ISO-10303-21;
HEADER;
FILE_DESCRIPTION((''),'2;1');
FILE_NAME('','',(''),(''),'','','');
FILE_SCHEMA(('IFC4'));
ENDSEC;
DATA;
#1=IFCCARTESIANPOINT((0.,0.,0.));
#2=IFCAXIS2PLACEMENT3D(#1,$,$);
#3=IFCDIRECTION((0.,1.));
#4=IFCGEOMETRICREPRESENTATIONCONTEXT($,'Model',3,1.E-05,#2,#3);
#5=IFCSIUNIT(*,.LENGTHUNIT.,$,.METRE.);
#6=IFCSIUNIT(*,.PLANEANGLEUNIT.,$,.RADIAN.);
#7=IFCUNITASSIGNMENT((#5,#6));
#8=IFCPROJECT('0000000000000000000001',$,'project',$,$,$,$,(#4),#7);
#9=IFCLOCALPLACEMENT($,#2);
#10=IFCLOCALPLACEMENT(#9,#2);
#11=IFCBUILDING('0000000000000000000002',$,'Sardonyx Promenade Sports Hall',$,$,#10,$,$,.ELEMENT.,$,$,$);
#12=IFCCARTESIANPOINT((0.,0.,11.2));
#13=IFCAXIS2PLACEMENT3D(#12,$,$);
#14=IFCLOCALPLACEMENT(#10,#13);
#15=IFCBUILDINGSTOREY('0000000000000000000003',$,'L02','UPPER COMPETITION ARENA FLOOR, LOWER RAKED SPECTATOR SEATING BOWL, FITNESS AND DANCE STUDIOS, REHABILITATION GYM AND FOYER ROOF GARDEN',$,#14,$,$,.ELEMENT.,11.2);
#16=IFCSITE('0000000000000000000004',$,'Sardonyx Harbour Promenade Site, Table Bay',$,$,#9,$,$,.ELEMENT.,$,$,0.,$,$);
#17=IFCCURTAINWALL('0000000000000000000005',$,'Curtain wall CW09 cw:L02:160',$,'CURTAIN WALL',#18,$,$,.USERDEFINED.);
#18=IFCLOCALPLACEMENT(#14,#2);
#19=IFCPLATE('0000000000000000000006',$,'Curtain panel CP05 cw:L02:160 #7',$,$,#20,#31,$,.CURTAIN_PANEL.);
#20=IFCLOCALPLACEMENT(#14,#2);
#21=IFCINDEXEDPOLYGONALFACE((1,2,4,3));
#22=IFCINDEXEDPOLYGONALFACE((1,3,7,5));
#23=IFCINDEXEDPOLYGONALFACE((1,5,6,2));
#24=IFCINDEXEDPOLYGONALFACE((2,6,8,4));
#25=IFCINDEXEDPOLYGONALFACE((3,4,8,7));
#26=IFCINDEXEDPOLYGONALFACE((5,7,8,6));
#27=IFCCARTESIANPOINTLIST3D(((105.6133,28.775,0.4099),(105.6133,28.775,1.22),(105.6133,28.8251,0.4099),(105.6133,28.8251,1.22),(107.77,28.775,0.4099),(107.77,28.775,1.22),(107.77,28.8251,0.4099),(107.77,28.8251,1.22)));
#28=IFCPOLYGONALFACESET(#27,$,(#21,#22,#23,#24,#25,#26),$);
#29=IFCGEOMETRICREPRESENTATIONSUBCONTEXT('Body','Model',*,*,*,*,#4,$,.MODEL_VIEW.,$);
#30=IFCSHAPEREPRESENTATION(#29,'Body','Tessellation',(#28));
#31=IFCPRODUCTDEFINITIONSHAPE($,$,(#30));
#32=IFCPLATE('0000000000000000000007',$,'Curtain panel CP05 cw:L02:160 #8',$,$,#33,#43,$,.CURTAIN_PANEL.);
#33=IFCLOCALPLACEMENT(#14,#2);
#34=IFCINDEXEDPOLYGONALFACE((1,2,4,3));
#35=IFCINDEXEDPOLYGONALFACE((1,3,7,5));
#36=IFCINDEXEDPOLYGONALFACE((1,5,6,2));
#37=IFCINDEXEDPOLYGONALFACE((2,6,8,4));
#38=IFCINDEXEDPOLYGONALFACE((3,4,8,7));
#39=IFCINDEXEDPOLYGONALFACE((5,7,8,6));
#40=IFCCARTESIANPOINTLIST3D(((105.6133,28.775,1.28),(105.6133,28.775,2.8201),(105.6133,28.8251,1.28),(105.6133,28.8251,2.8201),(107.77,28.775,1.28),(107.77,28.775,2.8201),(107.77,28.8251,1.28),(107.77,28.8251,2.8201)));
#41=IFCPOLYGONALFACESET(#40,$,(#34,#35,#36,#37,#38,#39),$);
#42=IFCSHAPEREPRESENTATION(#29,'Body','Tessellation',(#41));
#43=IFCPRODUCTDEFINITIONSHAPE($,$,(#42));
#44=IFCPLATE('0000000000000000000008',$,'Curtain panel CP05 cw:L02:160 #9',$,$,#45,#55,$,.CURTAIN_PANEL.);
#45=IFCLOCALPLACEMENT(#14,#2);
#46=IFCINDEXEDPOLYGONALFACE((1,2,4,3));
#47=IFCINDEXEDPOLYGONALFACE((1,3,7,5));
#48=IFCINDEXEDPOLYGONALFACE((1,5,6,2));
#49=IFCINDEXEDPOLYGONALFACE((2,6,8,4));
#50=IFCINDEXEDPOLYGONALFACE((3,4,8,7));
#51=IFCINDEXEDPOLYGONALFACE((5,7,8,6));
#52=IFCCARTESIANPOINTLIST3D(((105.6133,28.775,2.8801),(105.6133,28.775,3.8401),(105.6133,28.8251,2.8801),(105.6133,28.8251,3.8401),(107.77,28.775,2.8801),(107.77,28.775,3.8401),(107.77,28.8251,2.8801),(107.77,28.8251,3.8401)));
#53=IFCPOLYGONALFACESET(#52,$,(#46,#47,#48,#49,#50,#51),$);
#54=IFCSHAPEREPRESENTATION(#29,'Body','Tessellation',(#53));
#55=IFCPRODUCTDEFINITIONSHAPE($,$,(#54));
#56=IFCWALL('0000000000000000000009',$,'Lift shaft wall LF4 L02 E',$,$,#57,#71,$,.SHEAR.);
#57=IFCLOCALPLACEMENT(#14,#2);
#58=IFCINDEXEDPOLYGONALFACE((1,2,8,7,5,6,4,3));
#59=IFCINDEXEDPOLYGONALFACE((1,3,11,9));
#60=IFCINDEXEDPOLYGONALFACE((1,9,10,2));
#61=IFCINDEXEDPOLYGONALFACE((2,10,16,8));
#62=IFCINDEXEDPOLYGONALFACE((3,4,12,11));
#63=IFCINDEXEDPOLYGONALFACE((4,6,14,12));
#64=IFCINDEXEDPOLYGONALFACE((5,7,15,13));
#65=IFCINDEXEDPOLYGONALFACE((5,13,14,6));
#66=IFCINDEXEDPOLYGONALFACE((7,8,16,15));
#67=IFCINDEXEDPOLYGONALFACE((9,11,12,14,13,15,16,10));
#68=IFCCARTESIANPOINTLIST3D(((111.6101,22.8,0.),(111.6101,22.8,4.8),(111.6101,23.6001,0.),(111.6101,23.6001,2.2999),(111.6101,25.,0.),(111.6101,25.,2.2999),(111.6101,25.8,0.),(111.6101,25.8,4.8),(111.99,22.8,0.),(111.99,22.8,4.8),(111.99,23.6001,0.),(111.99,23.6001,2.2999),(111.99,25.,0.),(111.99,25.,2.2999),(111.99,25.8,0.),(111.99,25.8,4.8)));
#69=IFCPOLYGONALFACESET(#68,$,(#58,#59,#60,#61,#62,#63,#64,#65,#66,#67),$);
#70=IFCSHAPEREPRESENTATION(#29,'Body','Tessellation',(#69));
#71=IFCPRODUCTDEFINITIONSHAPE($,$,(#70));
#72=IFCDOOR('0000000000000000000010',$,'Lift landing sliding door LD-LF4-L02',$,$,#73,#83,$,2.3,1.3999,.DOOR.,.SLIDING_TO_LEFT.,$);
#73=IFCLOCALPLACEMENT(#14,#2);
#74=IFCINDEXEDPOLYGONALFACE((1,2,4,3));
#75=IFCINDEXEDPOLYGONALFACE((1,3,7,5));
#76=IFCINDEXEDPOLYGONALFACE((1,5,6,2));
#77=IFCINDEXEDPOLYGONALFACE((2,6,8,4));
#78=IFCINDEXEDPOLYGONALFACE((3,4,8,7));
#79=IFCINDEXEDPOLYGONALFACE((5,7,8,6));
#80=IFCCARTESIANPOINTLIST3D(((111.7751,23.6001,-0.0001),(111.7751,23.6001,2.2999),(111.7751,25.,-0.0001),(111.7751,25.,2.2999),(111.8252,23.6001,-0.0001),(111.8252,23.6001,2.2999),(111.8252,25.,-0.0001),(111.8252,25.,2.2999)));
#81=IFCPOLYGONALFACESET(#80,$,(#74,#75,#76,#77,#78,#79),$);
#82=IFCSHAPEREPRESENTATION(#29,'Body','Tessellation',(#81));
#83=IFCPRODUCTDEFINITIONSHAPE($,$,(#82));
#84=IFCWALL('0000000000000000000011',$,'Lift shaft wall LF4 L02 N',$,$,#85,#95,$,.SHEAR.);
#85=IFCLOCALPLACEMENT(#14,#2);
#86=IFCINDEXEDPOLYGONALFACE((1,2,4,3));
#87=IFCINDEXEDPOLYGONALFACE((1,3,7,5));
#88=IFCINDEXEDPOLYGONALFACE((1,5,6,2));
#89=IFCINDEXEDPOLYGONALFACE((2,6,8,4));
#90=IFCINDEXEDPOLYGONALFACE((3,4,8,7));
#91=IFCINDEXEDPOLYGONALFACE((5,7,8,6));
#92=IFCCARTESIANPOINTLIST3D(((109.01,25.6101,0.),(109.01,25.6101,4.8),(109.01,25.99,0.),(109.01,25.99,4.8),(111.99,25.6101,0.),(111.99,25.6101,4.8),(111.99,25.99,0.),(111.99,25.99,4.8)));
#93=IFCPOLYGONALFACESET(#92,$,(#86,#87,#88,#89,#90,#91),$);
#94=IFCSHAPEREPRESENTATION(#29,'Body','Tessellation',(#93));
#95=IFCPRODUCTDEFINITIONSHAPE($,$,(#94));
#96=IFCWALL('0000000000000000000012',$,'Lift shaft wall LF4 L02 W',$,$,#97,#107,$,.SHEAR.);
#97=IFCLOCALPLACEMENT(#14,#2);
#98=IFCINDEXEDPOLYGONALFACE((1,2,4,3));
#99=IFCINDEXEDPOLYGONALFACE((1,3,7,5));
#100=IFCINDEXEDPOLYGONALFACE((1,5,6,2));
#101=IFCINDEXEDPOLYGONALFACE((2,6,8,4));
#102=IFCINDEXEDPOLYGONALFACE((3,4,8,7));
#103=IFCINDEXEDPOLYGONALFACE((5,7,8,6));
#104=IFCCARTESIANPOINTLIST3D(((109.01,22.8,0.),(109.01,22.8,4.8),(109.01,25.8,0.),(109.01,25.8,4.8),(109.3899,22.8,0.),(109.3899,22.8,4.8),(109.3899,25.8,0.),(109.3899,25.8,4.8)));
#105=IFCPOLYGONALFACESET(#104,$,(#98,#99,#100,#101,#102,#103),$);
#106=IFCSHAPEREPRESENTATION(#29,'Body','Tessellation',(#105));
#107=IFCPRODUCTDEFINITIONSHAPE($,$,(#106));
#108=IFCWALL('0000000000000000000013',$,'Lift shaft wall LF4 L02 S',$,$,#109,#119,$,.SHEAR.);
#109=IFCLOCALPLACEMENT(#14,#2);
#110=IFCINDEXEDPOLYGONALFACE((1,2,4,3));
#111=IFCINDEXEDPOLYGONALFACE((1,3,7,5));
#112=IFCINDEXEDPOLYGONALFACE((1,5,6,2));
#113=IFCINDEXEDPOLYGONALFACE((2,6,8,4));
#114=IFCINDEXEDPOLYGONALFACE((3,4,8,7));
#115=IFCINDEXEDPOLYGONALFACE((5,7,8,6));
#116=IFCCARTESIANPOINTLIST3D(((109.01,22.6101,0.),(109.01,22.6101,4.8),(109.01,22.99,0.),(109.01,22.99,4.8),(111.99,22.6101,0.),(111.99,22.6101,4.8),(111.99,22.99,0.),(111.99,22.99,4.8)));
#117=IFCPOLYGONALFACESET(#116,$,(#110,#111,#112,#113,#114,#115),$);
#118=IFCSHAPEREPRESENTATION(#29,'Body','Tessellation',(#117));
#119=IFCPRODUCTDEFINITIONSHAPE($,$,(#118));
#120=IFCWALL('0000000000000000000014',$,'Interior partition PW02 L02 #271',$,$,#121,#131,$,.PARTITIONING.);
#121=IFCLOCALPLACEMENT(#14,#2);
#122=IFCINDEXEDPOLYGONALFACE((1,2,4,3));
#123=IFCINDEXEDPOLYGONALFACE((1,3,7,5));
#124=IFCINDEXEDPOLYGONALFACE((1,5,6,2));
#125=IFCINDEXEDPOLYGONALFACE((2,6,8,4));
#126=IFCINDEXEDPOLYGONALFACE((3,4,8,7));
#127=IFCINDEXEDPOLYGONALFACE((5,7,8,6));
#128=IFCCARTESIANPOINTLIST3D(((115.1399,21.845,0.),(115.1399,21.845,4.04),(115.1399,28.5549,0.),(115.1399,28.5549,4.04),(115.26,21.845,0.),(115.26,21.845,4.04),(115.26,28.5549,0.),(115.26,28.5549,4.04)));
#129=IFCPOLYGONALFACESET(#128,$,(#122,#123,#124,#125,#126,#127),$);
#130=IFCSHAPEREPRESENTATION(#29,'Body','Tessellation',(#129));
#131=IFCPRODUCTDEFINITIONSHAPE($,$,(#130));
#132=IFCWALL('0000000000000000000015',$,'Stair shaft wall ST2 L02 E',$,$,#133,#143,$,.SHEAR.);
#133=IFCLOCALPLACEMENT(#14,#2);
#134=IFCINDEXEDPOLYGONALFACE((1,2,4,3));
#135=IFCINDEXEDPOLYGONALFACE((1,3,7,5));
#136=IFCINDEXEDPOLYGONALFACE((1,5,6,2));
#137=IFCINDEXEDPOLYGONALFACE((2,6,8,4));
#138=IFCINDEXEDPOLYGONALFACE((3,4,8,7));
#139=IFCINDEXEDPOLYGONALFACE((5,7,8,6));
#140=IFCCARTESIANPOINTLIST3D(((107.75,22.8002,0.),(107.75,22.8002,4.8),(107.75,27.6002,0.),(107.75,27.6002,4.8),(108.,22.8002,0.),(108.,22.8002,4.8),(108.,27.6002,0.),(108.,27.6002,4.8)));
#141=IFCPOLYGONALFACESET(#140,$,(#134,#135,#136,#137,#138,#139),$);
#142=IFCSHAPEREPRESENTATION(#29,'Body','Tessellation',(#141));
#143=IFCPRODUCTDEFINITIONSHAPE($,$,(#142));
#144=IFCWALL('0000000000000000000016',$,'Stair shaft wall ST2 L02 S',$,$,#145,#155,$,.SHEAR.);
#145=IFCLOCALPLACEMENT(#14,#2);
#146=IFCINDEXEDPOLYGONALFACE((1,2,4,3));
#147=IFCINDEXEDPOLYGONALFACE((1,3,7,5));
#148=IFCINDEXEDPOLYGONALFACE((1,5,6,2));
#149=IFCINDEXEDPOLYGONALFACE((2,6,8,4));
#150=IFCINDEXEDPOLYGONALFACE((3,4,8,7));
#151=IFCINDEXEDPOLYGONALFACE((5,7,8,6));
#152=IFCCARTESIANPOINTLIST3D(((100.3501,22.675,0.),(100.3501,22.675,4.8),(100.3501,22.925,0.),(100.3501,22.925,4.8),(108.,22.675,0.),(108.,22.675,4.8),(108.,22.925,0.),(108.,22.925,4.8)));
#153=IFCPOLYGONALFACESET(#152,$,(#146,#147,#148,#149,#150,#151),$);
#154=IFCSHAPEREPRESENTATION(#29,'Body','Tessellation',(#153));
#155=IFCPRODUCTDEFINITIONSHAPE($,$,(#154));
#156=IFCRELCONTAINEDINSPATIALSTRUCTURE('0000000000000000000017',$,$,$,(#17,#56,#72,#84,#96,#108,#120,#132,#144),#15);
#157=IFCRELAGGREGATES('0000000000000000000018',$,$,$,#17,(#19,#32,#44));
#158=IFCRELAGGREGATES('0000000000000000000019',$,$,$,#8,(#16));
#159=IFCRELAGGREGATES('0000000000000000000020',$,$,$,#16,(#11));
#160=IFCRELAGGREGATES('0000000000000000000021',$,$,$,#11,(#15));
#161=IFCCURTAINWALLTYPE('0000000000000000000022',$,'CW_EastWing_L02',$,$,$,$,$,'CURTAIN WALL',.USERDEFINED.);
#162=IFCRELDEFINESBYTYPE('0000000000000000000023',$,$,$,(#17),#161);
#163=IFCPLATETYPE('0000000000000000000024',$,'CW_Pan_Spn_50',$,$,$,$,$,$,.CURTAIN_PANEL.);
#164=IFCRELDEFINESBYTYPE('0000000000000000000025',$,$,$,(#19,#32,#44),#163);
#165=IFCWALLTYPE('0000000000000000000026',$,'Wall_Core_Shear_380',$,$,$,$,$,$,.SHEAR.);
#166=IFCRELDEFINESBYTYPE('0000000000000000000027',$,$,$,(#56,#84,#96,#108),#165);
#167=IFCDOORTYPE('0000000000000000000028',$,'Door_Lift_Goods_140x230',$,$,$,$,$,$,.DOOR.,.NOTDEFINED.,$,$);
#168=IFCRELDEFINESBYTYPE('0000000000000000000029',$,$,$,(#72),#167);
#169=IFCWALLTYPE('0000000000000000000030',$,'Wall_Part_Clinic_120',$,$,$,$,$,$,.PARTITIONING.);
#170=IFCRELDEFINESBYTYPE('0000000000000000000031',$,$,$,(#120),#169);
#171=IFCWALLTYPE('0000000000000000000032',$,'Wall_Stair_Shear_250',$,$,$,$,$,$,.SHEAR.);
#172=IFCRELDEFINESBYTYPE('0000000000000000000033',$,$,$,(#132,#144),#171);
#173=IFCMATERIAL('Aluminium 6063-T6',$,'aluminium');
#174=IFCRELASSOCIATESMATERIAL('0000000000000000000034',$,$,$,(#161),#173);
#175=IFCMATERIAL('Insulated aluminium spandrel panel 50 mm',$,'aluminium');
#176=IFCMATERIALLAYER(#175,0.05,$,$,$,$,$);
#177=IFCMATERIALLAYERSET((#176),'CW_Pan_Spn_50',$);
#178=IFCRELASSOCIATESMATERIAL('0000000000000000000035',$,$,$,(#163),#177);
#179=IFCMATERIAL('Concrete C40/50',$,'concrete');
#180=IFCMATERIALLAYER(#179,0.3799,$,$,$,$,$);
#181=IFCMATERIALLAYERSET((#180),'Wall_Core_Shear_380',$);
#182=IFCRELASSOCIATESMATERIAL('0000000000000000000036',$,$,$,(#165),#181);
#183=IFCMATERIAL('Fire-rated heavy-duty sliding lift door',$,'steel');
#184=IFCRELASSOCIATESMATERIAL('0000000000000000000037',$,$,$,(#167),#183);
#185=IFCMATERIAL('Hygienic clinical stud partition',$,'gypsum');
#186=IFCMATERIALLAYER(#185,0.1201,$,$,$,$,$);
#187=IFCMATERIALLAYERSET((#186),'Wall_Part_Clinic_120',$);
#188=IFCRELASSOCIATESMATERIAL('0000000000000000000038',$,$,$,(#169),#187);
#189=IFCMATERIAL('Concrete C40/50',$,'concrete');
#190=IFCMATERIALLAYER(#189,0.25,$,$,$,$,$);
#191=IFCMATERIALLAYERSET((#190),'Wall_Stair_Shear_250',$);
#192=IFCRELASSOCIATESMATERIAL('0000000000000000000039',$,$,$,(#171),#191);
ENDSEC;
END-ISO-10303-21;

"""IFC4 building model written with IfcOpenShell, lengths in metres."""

from ifc_helpers import new_model, si_unit, direction, frame, frame_2d, origin, origin_2d, place, context, subcontext, project, spatial, rectangle, extrude, material, layer, layer_set, type_object, element, fill, aggregate, save


model = new_model("IFC4")

# Units and contexts
model_context = context("Model", 3, precision=1e-05, world=origin(), true_north=direction((0.0, 1.0)))
body_context = subcontext(model_context, "Body", "Model", "MODEL_VIEW")
ifc_project = project(units=[si_unit("LENGTHUNIT", "METRE"), si_unit("PLANEANGLEUNIT", "RADIAN")], contexts=[model_context])

# Site, building, storey
site_placement = place(None, origin())
site = spatial("IfcSite", under=ifc_project, at=site_placement, Name="Sardonyx Harbour Promenade Site, Table Bay", CompositionType="ELEMENT", RefElevation=0.0)
building_placement = place(site_placement, origin())
building = spatial("IfcBuilding", under=site, at=building_placement, Name="Sardonyx Promenade Sports Hall", CompositionType="ELEMENT")
storey_placement = place(building_placement, frame((0.0, 0.0, 11.2)))
storey = spatial("IfcBuildingStorey", under=building, at=storey_placement, Name="L02", Description="UPPER COMPETITION ARENA FLOOR, LOWER RAKED SPECTATOR SEATING BOWL, FITNESS AND DANCE STUDIOS, REHABILITATION GYM AND FOYER ROOF GARDEN", CompositionType="ELEMENT", Elevation=11.2)

# Curtain wall, plates
ifc_material_1 = material(Name="Aluminium 6063-T6", Category="aluminium")
curtain_wall_type = type_object("IfcCurtainWallType", Name="CW_EastWing_L02", ElementType="CURTAIN WALL", PredefinedType="USERDEFINED", material=ifc_material_1)
curtain_wall_placement = place(storey_placement, origin())
curtain_wall = element("IfcCurtainWall", 1, at=curtain_wall_placement, inside=storey, type_object=curtain_wall_type, Name="Curtain wall CW09 cw:L02:160", ObjectType="CURTAIN WALL", PredefinedType="USERDEFINED")
ifc_material_2 = material(Name="Insulated aluminium spandrel panel 50 mm", Category="aluminium")
ifc_layer_1 = layer(ifc_material_2, 0.05)
ifc_layer_set_1 = layer_set([ifc_layer_1], Name="CW_Pan_Spn_50")
plate_type = type_object("IfcPlateType", Name="CW_Pan_Spn_50", PredefinedType="CURTAIN_PANEL", material=ifc_layer_set_1)
plate_1_placement = place(storey_placement, frame((106.6917, 28.8, 0.4099), z_axis=(0.0, 0.0, 1.0), x_axis=(1.0, 0.0, 0.0)))
plate_1 = element("IfcPlate", 2, at=plate_1_placement, type_object=plate_type, Name="Curtain panel CP05 cw:L02:160 #7", PredefinedType="CURTAIN_PANEL", context=body_context, shape_type="SweptSolid", body=[
    extrude(rectangle(XDim=2.1567, YDim=0.05, at=origin_2d()), origin(), (0.0, 0.0, 1.0), 0.8101),
])
plate_2_placement = place(storey_placement, frame((106.6917, 28.8, 1.28), z_axis=(0.0, 0.0, 1.0), x_axis=(1.0, 0.0, 0.0)))
plate_2 = element("IfcPlate", 3, at=plate_2_placement, type_object=plate_type, Name="Curtain panel CP05 cw:L02:160 #8", PredefinedType="CURTAIN_PANEL", context=body_context, shape_type="SweptSolid", body=[
    extrude(rectangle(XDim=2.1567, YDim=0.05, at=origin_2d()), origin(), (0.0, 0.0, 1.0), 1.54),
])
plate_3_placement = place(storey_placement, frame((106.6917, 28.8, 2.8801), z_axis=(0.0, 0.0, 1.0), x_axis=(1.0, 0.0, 0.0)))
plate_3 = element("IfcPlate", 4, at=plate_3_placement, type_object=plate_type, Name="Curtain panel CP05 cw:L02:160 #9", PredefinedType="CURTAIN_PANEL", context=body_context, shape_type="SweptSolid", body=[
    extrude(rectangle(XDim=2.1567, YDim=0.05, at=origin_2d()), origin(), (0.0, 0.0, 1.0), 0.96),
])
aggregate(curtain_wall, [plate_1, plate_2, plate_3])

# Wall, opening, door
ifc_material_3 = material(Name="Concrete C40/50", Category="concrete")
ifc_layer_2 = layer(ifc_material_3, 0.3799)
ifc_layer_set_2 = layer_set([ifc_layer_2], Name="Wall_Core_Shear_380")
wall_type_1 = type_object("IfcWallType", Name="Wall_Core_Shear_380", PredefinedType="SHEAR", material=ifc_layer_set_2)
wall_1_placement = place(storey_placement, frame((111.8, 22.8, 0.0), z_axis=(0.0, 0.0, 1.0), x_axis=(0.0, 1.0, 0.0)))
wall_1 = element("IfcWall", 5, at=wall_1_placement, inside=storey, type_object=wall_type_1, Name="Lift shaft wall LF4 L02 E", PredefinedType="SHEAR", context=body_context, shape_type="SweptSolid", body=[
    extrude(rectangle(XDim=3.0, YDim=0.3799, at=frame_2d((1.5, 0.0))), origin(), (0.0, 0.0, 1.0), 4.8),
])
opening_placement = place(wall_1_placement, frame((0.8, 0.0, 0.0)))
opening = element("IfcOpeningElement", 6, at=opening_placement, cuts=wall_1, PredefinedType="OPENING", context=body_context, shape_type="SweptSolid", body=[
    extrude(rectangle(XDim=1.3999, YDim=2.3, at=frame_2d((0.7, 1.1499))), frame((0.0, 0.2, 0.0), z_axis=(0.0, -1.0, 0.0), x_axis=(1.0, 0.0, 0.0)), (0.0, 0.0, 1.0), 0.4),
])
ifc_material_4 = material(Name="Fire-rated heavy-duty sliding lift door", Category="steel")
door_type = type_object("IfcDoorType", Name="Door_Lift_Goods_140x230", OperationType="NOTDEFINED", PredefinedType="DOOR", material=ifc_material_4)
door_placement = place(opening_placement, origin())
door = element("IfcDoor", 7, at=door_placement, inside=storey, type_object=door_type, Name="Lift landing sliding door LD-LF4-L02", OperationType="SLIDING_TO_LEFT", OverallHeight=2.3, OverallWidth=1.3999, PredefinedType="DOOR", context=body_context, shape_type="SweptSolid", body=[
    extrude(rectangle(XDim=1.3999, YDim=2.3, at=frame_2d((0.7, 1.1499))), frame((0.0, 0.0249, 0.0), z_axis=(0.0, -1.0, 0.0), x_axis=(1.0, 0.0, 0.0)), (0.0, 0.0, 1.0), 0.05),
])
fill(opening, door)

# Walls
wall_2_placement = place(storey_placement, frame((109.01, 25.8, 0.0), z_axis=(0.0, 0.0, 1.0), x_axis=(1.0, 0.0, 0.0)))
element("IfcWall", 8, at=wall_2_placement, inside=storey, type_object=wall_type_1, Name="Lift shaft wall LF4 L02 N", PredefinedType="SHEAR", context=body_context, shape_type="SweptSolid", body=[
    extrude(rectangle(XDim=2.98, YDim=0.3799, at=frame_2d((1.49, 0.0))), origin(), (0.0, 0.0, 1.0), 4.8),
])
wall_3_placement = place(storey_placement, frame((109.2, 25.8, 0.0), z_axis=(0.0, 0.0, 1.0), x_axis=(0.0, -1.0, 0.0)))
element("IfcWall", 9, at=wall_3_placement, inside=storey, type_object=wall_type_1, Name="Lift shaft wall LF4 L02 W", PredefinedType="SHEAR", context=body_context, shape_type="SweptSolid", body=[
    extrude(rectangle(XDim=3.0, YDim=0.3799, at=frame_2d((1.5, 0.0))), origin(), (0.0, 0.0, 1.0), 4.8),
])
wall_4_placement = place(storey_placement, frame((111.99, 22.8, 0.0), z_axis=(0.0, 0.0, 1.0), x_axis=(-1.0, 0.0, 0.0)))
element("IfcWall", 10, at=wall_4_placement, inside=storey, type_object=wall_type_1, Name="Lift shaft wall LF4 L02 S", PredefinedType="SHEAR", context=body_context, shape_type="SweptSolid", body=[
    extrude(rectangle(XDim=2.98, YDim=0.3799, at=frame_2d((1.49, 0.0))), origin(), (0.0, 0.0, 1.0), 4.8),
])
ifc_material_5 = material(Name="Hygienic clinical stud partition", Category="gypsum")
ifc_layer_3 = layer(ifc_material_5, 0.1201)
ifc_layer_set_3 = layer_set([ifc_layer_3], Name="Wall_Part_Clinic_120")
wall_type_2 = type_object("IfcWallType", Name="Wall_Part_Clinic_120", PredefinedType="PARTITIONING", material=ifc_layer_set_3)
wall_5_placement = place(storey_placement, frame((115.2, 21.845, 0.0), z_axis=(0.0, 0.0, 1.0), x_axis=(0.0, 1.0, 0.0)))
element("IfcWall", 11, at=wall_5_placement, inside=storey, type_object=wall_type_2, Name="Interior partition PW02 L02 #271", PredefinedType="PARTITIONING", context=body_context, shape_type="SweptSolid", body=[
    extrude(rectangle(XDim=6.71, YDim=0.1201, at=frame_2d((3.355, 0.0))), origin(), (0.0, 0.0, 1.0), 4.04),
])
ifc_material_6 = material(Name="Concrete C40/50", Category="concrete")
ifc_layer_4 = layer(ifc_material_6, 0.25)
ifc_layer_set_4 = layer_set([ifc_layer_4], Name="Wall_Stair_Shear_250")
wall_type_3 = type_object("IfcWallType", Name="Wall_Stair_Shear_250", PredefinedType="SHEAR", material=ifc_layer_set_4)
wall_6_placement = place(storey_placement, frame((107.875, 27.6001, 0.0), z_axis=(0.0, 0.0, 1.0), x_axis=(0.0, -1.0, 0.0)))
element("IfcWall", 12, at=wall_6_placement, inside=storey, type_object=wall_type_3, Name="Stair shaft wall ST2 L02 E", PredefinedType="SHEAR", context=body_context, shape_type="SweptSolid", body=[
    extrude(rectangle(XDim=4.8, YDim=0.25, at=frame_2d((2.3999, 0.0))), origin(), (0.0, 0.0, 1.0), 4.8),
])
wall_7_placement = place(storey_placement, frame((108.0, 22.8, 0.0), z_axis=(0.0, 0.0, 1.0), x_axis=(-1.0, 0.0, 0.0)))
element("IfcWall", 13, at=wall_7_placement, inside=storey, type_object=wall_type_3, Name="Stair shaft wall ST2 L02 S", PredefinedType="SHEAR", context=body_context, shape_type="SweptSolid", body=[
    extrude(rectangle(XDim=7.6499, YDim=0.25, at=frame_2d((3.825, 0.0))), origin(), (0.0, 0.0, 1.0), 4.8),
])

save(model, "model.ifc")
